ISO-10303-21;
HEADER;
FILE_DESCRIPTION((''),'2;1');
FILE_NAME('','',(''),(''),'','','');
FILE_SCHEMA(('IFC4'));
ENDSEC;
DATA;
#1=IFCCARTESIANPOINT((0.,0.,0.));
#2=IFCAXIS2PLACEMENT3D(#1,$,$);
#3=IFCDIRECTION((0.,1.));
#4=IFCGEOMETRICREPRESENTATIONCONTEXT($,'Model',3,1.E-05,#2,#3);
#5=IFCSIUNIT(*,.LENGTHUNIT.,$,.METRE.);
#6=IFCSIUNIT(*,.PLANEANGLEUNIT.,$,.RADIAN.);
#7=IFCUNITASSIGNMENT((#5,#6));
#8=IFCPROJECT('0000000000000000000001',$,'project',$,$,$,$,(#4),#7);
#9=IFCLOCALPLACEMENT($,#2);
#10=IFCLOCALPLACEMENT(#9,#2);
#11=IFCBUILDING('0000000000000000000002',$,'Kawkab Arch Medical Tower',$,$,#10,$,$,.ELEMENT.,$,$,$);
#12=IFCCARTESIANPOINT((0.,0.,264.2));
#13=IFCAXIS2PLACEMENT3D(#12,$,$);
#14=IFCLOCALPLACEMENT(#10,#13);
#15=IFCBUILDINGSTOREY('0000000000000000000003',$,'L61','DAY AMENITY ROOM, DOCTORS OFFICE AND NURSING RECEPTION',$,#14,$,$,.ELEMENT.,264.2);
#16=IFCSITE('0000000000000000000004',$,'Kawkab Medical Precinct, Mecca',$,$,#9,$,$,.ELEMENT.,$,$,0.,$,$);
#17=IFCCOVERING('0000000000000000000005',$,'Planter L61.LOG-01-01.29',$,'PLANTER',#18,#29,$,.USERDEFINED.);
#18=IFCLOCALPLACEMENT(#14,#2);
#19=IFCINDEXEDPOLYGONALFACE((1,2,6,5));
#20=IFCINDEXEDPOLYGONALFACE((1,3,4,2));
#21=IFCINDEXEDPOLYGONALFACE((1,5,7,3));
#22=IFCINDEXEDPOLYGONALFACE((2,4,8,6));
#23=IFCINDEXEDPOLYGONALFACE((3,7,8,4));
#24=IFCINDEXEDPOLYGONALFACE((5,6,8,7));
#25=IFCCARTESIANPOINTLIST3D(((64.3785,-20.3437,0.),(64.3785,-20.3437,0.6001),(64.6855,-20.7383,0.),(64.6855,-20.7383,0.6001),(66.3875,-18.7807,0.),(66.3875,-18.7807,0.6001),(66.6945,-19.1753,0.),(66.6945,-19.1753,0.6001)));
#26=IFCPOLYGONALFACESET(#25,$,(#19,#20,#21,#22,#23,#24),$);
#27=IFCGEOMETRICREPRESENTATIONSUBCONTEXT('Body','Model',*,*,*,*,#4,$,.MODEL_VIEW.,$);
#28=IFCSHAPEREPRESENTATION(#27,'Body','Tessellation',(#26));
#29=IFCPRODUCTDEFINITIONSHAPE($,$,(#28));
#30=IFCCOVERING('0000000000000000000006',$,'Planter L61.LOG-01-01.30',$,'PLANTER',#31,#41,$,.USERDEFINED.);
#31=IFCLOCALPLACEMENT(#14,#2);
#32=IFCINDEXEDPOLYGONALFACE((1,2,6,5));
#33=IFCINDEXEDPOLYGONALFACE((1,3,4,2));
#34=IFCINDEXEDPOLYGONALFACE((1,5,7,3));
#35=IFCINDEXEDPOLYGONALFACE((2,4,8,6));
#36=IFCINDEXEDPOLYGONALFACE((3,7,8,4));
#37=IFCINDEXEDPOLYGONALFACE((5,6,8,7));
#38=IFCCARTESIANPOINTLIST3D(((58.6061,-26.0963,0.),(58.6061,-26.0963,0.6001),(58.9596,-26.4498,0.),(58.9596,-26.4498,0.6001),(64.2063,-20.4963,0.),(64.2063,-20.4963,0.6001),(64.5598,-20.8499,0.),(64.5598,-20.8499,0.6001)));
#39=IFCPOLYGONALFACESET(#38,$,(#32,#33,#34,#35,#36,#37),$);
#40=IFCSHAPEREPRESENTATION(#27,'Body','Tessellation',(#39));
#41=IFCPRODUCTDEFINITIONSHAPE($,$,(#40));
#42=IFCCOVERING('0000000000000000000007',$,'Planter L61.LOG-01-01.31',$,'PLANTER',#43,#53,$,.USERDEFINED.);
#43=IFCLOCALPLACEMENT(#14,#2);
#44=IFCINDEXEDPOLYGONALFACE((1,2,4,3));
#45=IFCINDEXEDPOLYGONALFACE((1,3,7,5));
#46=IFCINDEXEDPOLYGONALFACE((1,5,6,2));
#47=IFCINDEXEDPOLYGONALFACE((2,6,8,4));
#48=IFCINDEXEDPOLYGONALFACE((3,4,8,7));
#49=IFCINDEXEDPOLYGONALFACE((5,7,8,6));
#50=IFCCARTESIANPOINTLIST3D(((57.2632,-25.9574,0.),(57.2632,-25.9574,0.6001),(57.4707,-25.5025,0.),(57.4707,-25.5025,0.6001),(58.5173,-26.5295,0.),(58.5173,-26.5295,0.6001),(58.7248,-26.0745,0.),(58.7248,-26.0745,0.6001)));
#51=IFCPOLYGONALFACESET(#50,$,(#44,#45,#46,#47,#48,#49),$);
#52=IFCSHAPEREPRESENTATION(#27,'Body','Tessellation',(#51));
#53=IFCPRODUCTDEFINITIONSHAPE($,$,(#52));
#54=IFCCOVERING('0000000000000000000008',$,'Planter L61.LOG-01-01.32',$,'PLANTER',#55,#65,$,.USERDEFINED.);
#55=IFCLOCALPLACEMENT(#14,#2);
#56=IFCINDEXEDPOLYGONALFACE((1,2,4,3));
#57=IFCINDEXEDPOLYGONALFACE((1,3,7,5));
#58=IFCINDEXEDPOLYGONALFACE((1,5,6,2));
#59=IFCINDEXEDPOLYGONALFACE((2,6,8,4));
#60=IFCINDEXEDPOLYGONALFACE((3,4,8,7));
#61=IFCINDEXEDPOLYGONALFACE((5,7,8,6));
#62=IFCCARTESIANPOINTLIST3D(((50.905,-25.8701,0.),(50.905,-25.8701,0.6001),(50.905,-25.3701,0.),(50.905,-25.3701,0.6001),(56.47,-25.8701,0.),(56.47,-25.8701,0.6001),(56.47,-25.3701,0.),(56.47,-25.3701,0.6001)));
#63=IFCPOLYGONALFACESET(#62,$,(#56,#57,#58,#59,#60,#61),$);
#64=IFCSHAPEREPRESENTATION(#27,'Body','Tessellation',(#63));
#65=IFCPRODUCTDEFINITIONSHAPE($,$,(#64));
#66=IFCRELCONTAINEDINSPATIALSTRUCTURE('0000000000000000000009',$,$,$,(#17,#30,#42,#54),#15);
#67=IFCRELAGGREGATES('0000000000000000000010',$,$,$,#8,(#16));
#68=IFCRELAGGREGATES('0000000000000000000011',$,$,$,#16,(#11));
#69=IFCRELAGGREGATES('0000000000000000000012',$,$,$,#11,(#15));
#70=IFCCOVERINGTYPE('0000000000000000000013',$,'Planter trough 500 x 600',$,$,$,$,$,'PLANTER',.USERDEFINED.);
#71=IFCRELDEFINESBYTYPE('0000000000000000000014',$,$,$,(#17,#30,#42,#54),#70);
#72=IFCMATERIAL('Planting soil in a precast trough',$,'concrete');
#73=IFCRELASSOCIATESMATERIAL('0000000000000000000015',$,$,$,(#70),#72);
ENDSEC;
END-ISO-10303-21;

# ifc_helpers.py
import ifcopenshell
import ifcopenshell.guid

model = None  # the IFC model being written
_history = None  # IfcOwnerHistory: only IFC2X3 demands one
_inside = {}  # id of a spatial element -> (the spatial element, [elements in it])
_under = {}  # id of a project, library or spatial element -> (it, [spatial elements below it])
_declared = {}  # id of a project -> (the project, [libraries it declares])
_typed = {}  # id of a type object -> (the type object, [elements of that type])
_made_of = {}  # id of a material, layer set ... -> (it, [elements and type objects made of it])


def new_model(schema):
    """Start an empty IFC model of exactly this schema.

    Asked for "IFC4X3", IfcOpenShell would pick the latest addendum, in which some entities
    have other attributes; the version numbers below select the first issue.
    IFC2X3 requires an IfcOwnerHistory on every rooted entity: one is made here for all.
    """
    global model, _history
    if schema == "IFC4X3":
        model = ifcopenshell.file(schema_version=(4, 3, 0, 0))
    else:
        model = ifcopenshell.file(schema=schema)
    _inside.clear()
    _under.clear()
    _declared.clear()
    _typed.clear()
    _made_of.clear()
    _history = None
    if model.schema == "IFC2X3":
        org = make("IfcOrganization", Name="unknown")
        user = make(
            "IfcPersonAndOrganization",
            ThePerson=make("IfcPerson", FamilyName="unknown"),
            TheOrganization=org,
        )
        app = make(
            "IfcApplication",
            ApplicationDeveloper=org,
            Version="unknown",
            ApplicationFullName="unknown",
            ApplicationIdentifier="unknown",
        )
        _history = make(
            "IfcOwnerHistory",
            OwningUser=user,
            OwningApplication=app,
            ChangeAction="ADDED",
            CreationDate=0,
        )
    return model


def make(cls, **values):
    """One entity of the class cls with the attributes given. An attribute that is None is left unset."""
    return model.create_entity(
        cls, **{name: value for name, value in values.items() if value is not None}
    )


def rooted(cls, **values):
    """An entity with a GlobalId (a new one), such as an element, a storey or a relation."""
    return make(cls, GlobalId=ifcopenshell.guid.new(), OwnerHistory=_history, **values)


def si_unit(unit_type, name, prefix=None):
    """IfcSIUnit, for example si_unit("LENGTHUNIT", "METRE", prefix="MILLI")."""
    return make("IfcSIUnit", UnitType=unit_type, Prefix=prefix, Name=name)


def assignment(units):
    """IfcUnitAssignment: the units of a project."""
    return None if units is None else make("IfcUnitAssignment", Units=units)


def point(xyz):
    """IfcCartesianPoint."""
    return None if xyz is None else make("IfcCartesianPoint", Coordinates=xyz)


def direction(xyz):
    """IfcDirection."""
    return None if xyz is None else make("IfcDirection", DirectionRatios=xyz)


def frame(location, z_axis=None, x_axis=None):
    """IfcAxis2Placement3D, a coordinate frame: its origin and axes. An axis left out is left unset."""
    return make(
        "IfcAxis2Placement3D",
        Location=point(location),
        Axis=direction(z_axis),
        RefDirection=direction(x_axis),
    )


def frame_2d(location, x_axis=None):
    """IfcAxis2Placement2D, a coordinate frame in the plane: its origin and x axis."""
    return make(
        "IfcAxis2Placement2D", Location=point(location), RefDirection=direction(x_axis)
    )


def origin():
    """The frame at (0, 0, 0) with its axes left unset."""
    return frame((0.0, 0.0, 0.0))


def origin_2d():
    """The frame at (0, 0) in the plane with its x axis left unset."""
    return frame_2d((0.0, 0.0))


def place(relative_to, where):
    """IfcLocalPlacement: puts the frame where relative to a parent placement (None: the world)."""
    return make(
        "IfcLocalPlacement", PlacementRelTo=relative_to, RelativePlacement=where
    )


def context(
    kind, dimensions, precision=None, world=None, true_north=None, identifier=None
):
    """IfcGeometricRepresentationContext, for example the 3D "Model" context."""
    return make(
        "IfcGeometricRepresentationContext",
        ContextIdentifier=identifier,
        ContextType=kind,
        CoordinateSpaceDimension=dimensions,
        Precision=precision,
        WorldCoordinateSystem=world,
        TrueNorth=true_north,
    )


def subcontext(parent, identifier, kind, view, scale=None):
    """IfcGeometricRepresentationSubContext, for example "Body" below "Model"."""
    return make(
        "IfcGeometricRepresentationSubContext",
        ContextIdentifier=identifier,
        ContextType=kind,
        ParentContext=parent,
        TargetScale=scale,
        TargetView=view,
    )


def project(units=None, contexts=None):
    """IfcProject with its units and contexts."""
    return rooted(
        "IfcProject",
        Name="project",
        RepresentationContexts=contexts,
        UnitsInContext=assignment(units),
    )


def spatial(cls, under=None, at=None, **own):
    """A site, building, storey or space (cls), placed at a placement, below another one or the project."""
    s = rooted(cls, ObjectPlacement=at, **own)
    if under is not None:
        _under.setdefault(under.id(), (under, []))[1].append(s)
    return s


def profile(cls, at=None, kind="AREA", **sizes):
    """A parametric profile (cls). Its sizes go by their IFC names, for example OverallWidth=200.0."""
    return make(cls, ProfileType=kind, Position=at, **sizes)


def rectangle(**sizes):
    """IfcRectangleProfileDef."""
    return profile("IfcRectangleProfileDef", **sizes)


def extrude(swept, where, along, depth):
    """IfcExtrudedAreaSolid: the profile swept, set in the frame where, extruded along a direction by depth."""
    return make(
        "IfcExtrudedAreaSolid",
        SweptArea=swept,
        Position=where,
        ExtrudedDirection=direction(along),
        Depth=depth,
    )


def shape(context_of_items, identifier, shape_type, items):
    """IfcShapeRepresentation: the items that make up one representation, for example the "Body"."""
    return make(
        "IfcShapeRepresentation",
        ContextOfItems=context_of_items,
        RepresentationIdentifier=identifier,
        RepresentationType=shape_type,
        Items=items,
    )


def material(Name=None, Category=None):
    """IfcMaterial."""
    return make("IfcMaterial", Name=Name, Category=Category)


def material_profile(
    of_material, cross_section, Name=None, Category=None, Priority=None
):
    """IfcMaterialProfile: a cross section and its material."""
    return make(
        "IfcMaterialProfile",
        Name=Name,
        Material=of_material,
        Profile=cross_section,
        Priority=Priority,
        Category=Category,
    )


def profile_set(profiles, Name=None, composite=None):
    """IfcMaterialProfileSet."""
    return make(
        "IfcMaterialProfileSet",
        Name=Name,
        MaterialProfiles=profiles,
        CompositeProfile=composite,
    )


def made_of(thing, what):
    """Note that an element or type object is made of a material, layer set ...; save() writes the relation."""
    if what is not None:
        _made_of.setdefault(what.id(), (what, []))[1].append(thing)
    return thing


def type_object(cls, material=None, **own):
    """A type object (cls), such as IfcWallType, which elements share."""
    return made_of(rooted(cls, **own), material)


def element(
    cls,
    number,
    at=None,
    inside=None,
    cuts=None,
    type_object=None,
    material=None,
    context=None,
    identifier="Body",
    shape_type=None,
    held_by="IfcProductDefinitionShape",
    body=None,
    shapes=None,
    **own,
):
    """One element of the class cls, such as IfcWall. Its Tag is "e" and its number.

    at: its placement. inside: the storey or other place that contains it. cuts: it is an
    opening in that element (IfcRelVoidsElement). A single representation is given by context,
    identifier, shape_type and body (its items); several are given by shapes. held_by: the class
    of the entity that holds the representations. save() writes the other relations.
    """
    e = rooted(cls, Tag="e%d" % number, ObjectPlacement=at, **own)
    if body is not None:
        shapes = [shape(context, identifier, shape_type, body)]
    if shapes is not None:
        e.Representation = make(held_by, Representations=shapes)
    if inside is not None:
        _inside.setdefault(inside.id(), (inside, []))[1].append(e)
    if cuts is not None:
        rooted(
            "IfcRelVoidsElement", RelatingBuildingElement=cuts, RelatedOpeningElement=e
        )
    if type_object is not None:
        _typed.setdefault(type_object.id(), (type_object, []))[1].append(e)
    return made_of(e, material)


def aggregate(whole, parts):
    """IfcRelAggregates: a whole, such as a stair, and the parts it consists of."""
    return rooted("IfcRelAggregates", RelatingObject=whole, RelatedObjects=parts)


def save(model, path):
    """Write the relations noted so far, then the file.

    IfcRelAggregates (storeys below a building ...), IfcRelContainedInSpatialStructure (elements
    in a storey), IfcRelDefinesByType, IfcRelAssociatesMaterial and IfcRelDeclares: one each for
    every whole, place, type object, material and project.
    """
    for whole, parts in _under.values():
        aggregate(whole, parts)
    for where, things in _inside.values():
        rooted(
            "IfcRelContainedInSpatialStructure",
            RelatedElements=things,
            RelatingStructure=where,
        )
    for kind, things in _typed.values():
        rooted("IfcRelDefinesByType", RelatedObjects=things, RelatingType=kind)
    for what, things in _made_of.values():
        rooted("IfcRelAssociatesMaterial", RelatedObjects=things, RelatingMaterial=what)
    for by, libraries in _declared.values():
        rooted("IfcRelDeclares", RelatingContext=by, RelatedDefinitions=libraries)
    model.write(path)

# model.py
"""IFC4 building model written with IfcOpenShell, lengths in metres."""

from ifc_helpers import new_model, si_unit, direction, frame, origin, origin_2d, place, context, subcontext, project, spatial, rectangle, extrude, material, material_profile, profile_set, type_object, element, save


model = new_model("IFC4")

# Units and contexts
model_context = context("Model", 3, precision=1e-05, world=origin(), true_north=direction((0.0, 1.0)))
body_context = subcontext(model_context, "Body", "Model", "MODEL_VIEW")
ifc_project = project(units=[si_unit("LENGTHUNIT", "METRE"), si_unit("PLANEANGLEUNIT", "RADIAN")], contexts=[model_context])

# Site, building, storey
site_placement = place(None, origin())
site = spatial("IfcSite", under=ifc_project, at=site_placement, Name="Kawkab Medical Precinct, Mecca", CompositionType="ELEMENT", RefElevation=0.0)
building_placement = place(site_placement, origin())
building = spatial("IfcBuilding", under=site, at=building_placement, Name="Kawkab Arch Medical Tower", CompositionType="ELEMENT")
storey_placement = place(building_placement, frame((0.0, 0.0, 264.2)))
storey = spatial("IfcBuildingStorey", under=building, at=storey_placement, Name="L61", Description="DAY AMENITY ROOM, DOCTORS OFFICE AND NURSING RECEPTION", CompositionType="ELEMENT", Elevation=264.2)

# Coverings
ifc_material_1 = material(Name="Planting soil in a precast trough", Category="concrete")
ifc_material_profile_1 = material_profile(ifc_material_1, rectangle(XDim=0.5, YDim=0.6001, at=origin_2d()), Name="Trough 500x600")
ifc_profile_set_1 = profile_set([ifc_material_profile_1], Name="Planting soil in a precast trough")
covering_type_1 = type_object("IfcCoveringType", Name="Planter trough 500 x 600", ElementType="PLANTER", PredefinedType="USERDEFINED", material=ifc_profile_set_1)
covering_1_placement = place(storey_placement, frame((66.541, -18.978, 0.3), z_axis=(-0.789275, -0.61404, 0.0), x_axis=(0.61404, -0.789275, 0.0)))
element("IfcCovering", 1, at=covering_1_placement, inside=storey, type_object=covering_type_1, Name="Planter L61.LOG-01-01.29", ObjectType="PLANTER", PredefinedType="USERDEFINED", context=body_context, shape_type="SweptSolid", body=[
    extrude(rectangle(XDim=0.5, YDim=0.6001, at=origin_2d()), origin(), (0.0, 0.0, 1.0), 2.5454),
])
covering_2_placement = place(storey_placement, frame((64.3831, -20.6731, 0.3), z_axis=(-0.707122, -0.707091, 0.0), x_axis=(0.707091, -0.707122, 0.0)))
element("IfcCovering", 2, at=covering_2_placement, inside=storey, type_object=covering_type_1, Name="Planter L61.LOG-01-01.30", ObjectType="PLANTER", PredefinedType="USERDEFINED", context=body_context, shape_type="SweptSolid", body=[
    extrude(rectangle(XDim=0.5, YDim=0.6001, at=origin_2d()), origin(), (0.0, 0.0, 1.0), 7.9197),
])
covering_3_placement = place(storey_placement, frame((58.6211, -26.302, 0.3), z_axis=(-0.909832, 0.414977, 0.0), x_axis=(-0.414977, -0.909832, 0.0)))
element("IfcCovering", 3, at=covering_3_placement, inside=storey, type_object=covering_type_1, Name="Planter L61.LOG-01-01.31", ObjectType="PLANTER", PredefinedType="USERDEFINED", context=body_context, shape_type="SweptSolid", body=[
    extrude(rectangle(XDim=0.5, YDim=0.6001, at=origin_2d()), origin(), (0.0, 0.0, 1.0), 1.3784),
])
covering_4_placement = place(storey_placement, frame((56.47, -25.6201, 0.3), z_axis=(-1.0, 0.0, 0.0), x_axis=(0.0, -1.0, 0.0)))
element("IfcCovering", 4, at=covering_4_placement, inside=storey, type_object=covering_type_1, Name="Planter L61.LOG-01-01.32", ObjectType="PLANTER", PredefinedType="USERDEFINED", context=body_context, shape_type="SweptSolid", body=[
    extrude(rectangle(XDim=0.5, YDim=0.6001, at=origin_2d()), origin(), (0.0, 0.0, 1.0), 5.5649),
])

save(model, "model.ifc")
